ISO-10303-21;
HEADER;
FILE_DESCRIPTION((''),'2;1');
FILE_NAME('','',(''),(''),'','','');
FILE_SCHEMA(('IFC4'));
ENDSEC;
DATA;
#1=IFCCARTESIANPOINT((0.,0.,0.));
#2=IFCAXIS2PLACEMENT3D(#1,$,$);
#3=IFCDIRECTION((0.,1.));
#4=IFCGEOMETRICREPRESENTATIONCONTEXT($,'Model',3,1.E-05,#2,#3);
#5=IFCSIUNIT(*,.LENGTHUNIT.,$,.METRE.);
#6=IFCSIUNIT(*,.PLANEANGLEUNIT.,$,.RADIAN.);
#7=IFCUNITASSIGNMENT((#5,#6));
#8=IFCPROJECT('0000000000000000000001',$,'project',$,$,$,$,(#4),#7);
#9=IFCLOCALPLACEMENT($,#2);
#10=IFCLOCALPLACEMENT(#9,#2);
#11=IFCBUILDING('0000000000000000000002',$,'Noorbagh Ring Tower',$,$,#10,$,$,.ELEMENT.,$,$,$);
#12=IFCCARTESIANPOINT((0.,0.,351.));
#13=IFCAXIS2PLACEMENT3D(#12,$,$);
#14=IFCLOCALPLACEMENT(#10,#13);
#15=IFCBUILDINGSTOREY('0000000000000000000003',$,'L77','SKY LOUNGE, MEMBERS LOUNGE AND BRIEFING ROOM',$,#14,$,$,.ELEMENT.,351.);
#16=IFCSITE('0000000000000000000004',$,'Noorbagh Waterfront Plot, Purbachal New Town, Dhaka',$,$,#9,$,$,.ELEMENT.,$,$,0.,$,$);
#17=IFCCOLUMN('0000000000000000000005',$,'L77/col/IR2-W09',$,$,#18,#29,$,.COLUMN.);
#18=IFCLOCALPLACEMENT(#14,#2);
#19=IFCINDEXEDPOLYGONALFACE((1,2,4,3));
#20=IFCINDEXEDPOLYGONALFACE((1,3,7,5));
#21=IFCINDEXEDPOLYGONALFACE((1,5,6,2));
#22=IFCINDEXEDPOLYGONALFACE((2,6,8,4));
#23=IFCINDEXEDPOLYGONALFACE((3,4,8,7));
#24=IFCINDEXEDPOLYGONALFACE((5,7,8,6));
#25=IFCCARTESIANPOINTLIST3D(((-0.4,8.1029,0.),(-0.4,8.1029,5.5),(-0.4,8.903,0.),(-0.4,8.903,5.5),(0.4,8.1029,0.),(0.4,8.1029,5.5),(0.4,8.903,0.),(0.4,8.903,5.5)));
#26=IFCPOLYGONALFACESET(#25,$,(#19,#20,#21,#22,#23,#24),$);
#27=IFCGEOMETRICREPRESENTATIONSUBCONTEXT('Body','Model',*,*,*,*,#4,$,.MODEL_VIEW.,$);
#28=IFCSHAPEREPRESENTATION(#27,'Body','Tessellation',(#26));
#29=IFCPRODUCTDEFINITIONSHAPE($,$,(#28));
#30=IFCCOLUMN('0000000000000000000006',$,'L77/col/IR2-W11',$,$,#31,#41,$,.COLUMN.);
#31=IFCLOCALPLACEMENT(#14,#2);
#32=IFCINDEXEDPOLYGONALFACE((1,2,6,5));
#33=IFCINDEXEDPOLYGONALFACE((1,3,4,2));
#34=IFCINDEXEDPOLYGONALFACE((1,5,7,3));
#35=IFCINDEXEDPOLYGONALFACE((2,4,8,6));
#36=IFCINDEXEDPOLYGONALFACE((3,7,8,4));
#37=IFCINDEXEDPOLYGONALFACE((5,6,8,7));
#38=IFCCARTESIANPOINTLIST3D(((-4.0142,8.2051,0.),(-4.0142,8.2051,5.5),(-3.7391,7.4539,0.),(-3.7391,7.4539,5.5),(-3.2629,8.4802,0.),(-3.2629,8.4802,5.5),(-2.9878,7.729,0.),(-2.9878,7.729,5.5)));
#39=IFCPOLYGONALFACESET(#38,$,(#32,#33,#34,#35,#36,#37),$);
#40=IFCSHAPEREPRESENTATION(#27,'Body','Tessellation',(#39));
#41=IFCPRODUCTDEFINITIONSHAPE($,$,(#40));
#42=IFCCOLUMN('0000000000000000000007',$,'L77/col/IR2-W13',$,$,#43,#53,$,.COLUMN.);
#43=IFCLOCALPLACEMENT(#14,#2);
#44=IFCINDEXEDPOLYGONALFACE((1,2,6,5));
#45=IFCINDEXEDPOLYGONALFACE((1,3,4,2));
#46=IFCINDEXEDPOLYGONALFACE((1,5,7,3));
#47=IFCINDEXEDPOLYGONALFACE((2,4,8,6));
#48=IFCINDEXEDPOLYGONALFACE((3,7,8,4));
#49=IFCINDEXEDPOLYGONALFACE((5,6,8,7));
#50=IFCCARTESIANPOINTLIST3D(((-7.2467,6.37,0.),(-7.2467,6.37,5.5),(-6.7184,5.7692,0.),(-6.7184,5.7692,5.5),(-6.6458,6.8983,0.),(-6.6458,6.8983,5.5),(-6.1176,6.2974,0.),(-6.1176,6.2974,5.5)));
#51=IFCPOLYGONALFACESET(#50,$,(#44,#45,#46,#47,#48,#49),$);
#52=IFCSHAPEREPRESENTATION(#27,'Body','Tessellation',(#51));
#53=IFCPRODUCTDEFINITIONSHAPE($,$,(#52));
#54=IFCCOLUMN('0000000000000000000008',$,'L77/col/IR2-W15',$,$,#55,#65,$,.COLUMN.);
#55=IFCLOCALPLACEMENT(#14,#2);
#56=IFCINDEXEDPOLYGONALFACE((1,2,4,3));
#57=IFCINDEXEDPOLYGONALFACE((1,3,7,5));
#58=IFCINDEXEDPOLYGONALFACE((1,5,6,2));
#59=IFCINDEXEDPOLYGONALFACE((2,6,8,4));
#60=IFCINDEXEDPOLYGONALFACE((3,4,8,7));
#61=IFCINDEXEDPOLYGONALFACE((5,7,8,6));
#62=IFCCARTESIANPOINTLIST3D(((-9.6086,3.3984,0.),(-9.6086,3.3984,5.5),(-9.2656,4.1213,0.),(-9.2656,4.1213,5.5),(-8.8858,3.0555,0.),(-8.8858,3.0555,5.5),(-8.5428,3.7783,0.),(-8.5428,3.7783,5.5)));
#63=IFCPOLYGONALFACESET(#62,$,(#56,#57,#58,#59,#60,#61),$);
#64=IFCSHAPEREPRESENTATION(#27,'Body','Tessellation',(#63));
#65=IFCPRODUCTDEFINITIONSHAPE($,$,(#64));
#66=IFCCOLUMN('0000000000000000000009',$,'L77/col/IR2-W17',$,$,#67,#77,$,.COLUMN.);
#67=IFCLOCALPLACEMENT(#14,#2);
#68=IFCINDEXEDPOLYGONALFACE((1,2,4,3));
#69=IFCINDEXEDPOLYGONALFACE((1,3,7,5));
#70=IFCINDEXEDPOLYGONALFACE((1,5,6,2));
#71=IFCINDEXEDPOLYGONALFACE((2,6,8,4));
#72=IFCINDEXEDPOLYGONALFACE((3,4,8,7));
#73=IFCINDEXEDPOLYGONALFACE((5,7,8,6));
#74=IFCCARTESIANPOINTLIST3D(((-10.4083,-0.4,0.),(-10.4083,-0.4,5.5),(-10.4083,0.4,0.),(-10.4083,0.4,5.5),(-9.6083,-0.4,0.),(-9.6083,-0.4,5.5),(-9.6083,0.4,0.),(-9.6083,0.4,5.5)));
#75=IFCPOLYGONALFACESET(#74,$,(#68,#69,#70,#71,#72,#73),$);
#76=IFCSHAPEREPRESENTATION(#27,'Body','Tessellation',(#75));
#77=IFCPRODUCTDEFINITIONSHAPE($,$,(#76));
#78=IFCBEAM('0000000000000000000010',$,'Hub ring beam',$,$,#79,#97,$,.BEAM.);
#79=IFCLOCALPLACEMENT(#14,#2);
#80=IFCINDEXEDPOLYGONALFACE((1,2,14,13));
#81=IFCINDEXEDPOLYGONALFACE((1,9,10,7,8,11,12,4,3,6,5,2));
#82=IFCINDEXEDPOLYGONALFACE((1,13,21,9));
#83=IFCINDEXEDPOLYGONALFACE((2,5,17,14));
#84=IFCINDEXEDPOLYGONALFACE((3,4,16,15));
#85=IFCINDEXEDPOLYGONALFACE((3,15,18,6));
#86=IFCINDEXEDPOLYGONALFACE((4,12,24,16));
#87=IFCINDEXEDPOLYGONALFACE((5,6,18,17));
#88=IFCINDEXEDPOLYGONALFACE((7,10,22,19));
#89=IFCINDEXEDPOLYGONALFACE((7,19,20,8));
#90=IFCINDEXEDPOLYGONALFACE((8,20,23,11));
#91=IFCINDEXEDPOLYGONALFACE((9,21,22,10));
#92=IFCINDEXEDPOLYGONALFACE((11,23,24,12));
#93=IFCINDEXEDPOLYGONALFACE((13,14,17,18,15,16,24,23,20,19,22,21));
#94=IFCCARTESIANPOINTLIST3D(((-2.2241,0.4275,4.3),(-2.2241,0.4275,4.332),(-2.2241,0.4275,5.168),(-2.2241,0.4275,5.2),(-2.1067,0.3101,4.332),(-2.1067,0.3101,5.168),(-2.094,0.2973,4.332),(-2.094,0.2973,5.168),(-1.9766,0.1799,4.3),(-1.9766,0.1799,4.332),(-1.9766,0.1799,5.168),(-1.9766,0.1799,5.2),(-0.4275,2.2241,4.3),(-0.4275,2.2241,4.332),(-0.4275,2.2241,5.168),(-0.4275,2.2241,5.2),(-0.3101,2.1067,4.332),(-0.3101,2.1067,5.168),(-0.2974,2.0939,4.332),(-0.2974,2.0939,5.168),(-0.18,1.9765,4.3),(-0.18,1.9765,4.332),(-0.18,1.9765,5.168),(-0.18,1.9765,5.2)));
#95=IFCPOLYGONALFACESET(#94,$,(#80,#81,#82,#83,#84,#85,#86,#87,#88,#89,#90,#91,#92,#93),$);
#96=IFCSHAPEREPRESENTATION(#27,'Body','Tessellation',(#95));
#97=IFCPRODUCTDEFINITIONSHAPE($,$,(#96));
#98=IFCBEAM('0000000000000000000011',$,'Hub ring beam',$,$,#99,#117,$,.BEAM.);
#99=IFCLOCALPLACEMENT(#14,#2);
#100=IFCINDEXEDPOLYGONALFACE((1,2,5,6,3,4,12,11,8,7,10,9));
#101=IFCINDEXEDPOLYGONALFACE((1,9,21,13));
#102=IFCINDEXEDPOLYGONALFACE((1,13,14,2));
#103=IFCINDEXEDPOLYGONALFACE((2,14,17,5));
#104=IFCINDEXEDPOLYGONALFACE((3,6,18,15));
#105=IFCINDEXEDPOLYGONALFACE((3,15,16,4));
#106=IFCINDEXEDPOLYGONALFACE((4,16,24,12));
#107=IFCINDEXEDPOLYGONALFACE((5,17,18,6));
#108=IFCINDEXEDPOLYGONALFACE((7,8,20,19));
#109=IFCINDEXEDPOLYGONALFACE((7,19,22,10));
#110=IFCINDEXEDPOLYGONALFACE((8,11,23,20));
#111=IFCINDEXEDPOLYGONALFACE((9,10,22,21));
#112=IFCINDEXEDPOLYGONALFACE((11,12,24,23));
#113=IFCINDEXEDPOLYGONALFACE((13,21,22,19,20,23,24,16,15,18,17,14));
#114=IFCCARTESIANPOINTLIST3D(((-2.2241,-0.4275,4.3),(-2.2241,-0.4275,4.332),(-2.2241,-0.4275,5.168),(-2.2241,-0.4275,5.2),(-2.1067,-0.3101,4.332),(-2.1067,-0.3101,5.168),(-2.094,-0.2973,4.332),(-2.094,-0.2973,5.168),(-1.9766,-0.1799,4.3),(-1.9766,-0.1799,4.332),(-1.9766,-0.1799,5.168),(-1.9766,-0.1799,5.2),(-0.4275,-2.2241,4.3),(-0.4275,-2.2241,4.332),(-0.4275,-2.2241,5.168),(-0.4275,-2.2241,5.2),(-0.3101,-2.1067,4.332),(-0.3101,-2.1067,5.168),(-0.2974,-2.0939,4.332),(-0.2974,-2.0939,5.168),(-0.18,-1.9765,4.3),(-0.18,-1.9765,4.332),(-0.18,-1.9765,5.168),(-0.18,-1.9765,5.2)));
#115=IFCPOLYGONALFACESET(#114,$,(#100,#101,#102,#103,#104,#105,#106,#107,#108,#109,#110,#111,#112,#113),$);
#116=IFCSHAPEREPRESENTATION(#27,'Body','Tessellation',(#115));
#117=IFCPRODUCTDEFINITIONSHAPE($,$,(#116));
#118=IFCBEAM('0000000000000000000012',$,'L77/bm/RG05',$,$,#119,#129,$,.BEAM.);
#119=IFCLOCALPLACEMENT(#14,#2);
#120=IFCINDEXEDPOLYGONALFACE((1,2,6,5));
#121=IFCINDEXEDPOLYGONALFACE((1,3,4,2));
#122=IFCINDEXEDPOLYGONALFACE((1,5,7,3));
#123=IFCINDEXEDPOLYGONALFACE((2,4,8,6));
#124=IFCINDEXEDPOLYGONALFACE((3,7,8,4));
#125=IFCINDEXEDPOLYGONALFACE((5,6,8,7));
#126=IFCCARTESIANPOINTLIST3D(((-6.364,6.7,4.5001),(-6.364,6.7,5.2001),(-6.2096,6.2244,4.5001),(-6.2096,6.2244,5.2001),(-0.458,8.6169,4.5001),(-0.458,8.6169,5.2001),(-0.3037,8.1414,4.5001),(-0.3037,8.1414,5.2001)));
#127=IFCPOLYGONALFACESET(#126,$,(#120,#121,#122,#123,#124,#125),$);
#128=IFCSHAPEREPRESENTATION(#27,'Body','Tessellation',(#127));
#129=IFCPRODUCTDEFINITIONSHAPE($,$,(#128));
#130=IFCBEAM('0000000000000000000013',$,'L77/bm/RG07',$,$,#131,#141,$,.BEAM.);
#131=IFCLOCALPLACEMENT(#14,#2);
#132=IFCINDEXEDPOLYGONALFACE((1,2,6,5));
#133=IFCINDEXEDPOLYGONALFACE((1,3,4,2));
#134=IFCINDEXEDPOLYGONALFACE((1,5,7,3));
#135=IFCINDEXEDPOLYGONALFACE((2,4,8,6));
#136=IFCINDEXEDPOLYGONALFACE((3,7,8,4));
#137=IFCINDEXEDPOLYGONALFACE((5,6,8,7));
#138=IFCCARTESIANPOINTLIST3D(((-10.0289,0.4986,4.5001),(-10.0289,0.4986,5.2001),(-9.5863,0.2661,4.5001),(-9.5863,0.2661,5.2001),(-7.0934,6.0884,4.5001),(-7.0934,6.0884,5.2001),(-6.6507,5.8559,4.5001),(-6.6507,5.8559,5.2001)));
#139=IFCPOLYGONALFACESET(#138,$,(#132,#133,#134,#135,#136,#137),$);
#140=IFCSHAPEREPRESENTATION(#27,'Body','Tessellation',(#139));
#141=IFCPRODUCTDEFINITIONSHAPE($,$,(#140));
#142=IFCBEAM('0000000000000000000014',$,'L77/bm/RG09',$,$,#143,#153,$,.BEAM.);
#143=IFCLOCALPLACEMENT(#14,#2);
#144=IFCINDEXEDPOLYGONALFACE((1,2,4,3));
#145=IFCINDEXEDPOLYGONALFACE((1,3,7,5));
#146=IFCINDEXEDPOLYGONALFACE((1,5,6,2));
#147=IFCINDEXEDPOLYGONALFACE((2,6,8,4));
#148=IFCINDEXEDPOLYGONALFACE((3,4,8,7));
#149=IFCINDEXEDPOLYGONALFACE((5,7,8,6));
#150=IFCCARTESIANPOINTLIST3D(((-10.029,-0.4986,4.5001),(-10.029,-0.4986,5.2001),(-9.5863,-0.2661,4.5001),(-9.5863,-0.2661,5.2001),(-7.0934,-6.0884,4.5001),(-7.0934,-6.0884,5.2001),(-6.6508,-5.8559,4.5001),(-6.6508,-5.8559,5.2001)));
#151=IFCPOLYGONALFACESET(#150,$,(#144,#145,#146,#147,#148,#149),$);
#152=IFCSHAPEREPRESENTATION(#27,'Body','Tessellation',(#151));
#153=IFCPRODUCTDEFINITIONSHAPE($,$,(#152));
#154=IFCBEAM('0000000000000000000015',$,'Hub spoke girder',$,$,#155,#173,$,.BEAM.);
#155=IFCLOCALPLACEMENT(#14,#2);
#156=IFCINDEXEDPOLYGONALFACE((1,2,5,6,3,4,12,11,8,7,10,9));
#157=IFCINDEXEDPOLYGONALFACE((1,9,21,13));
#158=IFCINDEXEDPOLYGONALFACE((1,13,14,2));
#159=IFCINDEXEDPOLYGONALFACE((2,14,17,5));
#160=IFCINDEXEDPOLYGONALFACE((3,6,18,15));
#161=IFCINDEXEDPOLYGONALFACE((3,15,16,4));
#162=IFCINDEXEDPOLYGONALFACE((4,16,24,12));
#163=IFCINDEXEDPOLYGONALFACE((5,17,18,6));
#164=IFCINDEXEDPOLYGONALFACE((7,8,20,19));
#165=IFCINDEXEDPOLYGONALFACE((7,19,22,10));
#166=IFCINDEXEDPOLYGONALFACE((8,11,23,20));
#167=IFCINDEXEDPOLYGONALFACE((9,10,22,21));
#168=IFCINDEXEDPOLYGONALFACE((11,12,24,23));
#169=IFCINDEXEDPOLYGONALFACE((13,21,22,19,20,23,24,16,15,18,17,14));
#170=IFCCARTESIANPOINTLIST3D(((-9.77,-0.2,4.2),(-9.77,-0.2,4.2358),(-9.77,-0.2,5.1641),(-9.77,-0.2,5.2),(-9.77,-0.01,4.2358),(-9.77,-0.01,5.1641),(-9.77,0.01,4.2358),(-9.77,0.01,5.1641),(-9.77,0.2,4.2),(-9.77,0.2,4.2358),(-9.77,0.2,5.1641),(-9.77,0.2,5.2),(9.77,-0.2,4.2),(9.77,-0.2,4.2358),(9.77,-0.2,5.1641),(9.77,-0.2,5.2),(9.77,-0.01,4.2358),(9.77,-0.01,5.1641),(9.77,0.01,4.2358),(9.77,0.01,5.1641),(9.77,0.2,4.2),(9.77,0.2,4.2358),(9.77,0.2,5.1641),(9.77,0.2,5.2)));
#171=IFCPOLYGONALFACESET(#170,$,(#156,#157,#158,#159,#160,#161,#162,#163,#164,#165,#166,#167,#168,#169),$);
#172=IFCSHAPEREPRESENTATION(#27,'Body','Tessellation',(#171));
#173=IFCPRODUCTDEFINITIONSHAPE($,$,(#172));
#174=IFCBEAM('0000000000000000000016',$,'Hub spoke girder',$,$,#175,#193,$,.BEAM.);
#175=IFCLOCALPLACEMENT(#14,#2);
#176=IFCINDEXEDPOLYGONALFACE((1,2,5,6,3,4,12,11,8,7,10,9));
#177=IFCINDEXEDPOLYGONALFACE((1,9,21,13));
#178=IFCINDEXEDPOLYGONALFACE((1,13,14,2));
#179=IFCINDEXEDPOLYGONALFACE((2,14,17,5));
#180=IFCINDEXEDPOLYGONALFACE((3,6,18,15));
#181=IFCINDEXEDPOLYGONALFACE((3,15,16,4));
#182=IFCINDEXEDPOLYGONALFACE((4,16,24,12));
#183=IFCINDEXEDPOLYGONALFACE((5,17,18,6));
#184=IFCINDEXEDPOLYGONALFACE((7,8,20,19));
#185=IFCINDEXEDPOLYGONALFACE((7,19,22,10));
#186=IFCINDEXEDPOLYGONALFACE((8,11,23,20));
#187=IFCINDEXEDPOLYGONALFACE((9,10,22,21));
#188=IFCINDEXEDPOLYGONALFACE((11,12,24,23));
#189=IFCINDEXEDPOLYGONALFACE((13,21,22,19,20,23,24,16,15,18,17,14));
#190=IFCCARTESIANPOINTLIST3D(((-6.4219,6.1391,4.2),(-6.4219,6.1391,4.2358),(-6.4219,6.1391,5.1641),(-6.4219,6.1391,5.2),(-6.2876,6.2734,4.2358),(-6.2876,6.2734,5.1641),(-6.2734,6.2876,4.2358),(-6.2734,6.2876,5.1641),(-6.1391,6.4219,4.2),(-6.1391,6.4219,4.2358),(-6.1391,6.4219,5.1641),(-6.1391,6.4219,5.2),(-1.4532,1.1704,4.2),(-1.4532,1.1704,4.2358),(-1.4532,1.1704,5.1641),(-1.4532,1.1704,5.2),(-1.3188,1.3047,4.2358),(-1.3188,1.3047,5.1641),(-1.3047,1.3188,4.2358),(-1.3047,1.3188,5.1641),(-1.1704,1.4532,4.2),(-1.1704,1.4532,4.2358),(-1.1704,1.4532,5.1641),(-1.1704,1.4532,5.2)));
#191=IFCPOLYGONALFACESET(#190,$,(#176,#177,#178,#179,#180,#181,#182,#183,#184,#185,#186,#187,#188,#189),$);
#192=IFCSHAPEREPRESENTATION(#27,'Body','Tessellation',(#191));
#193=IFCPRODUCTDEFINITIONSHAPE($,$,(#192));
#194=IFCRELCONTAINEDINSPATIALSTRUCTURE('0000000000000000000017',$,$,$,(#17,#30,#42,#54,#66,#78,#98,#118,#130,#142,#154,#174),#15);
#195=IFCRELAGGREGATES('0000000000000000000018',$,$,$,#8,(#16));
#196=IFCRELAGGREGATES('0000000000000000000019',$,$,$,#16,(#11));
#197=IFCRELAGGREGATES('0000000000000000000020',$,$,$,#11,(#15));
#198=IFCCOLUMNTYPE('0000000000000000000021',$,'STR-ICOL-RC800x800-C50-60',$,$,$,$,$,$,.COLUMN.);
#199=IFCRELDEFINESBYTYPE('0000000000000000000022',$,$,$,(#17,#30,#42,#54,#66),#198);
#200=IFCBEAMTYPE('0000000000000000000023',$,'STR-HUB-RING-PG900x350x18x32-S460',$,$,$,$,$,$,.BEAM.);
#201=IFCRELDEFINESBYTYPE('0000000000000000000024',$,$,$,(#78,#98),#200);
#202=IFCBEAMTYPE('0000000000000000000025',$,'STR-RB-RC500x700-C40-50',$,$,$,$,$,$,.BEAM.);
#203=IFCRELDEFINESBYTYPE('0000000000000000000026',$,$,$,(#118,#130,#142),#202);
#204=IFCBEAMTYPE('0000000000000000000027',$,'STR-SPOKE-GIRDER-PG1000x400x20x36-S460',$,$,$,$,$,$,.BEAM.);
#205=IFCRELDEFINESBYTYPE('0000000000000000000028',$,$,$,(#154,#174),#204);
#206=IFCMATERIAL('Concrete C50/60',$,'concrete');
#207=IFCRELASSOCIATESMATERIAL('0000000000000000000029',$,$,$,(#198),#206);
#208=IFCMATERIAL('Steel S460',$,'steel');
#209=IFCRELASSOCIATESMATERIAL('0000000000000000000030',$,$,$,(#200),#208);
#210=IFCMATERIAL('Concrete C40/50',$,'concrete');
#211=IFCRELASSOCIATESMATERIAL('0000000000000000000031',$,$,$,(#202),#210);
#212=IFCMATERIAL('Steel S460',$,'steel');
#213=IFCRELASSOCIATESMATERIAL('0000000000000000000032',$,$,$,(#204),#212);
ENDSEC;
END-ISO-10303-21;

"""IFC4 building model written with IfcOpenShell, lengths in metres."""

from ifc_helpers import new_model, si_unit, direction, frame, origin, origin_2d, place, context, subcontext, project, spatial, rectangle, i_section, extrude, material, material_profile, profile_set, type_object, element, save


model = new_model("IFC4")

# Units and contexts
model_context = context("Model", 3, precision=1e-05, world=origin(), true_north=direction((0.0, 1.0)))
body_context = subcontext(model_context, "Body", "Model", "MODEL_VIEW")
ifc_project = project(units=[si_unit("LENGTHUNIT", "METRE"), si_unit("PLANEANGLEUNIT", "RADIAN")], contexts=[model_context])

# Site, building, storey
site_placement = place(None, origin())
site = spatial("IfcSite", under=ifc_project, at=site_placement, Name="Noorbagh Waterfront Plot, Purbachal New Town, Dhaka", CompositionType="ELEMENT", RefElevation=0.0)
building_placement = place(site_placement, origin())
building = spatial("IfcBuilding", under=site, at=building_placement, Name="Noorbagh Ring Tower", CompositionType="ELEMENT")
storey_placement = place(building_placement, frame((0.0, 0.0, 351.0)))
storey = spatial("IfcBuildingStorey", under=building, at=storey_placement, Name="L77", Description="SKY LOUNGE, MEMBERS LOUNGE AND BRIEFING ROOM", CompositionType="ELEMENT", Elevation=351.0)

# Columns
ifc_material_1 = material(Name="Concrete C50/60", Category="concrete")
ifc_material_profile_1 = material_profile(ifc_material_1, rectangle(XDim=0.8, YDim=0.8, at=origin_2d()), Name="RC800x800")
ifc_profile_set_1 = profile_set([ifc_material_profile_1], Name="Concrete C50/60")
column_type = type_object("IfcColumnType", Name="STR-ICOL-RC800x800-C50-60", PredefinedType="COLUMN", material=ifc_profile_set_1)
for number, where, z_axis, x_axis, name in (
    (1, (0.0, 8.5029, 0.0), (0.0, 0.0, 1.0), (-1.0, 0.0, 0.0), "L77/col/IR2-W09"),
    (2, (-3.501, 7.967, 0.0), (0.0, 0.0, 1.0), (-0.93902, -0.343864, 0.0), "L77/col/IR2-W11"),
    (3, (-6.6821, 6.3337, 0.0), (0.0, 0.0, 1.0), (-0.751022, -0.660277, 0.0), "L77/col/IR2-W13"),
    (4, (-9.0757, 3.5884, 0.0), (0.0, 0.0, 1.0), (-0.428667, -0.903463, 0.0), "L77/col/IR2-W15"),
    (5, (-10.0083, 0.0, 0.0), (0.0, 0.0, 1.0), (0.0, -1.0, 0.0), "L77/col/IR2-W17"),
):
    element("IfcColumn", number, at=place(storey_placement, frame(where, z_axis=z_axis, x_axis=x_axis)), inside=storey, type_object=column_type, Name=name, PredefinedType="COLUMN", context=body_context, shape_type="SweptSolid", body=[
        extrude(rectangle(XDim=0.8, YDim=0.8, at=origin_2d()), origin(), (0.0, 0.0, 1.0), 5.5),
    ])

# Beams
ifc_material_2 = material(Name="Steel S460", Category="steel")
ifc_material_profile_2 = material_profile(ifc_material_2, i_section(OverallWidth=0.3501, OverallDepth=0.8999, WebThickness=0.0181, FlangeThickness=0.032, at=origin_2d()), Name="PG900x350x18x32")
ifc_profile_set_2 = profile_set([ifc_material_profile_2], Name="Steel S460")
beam_type_1 = type_object("IfcBeamType", Name="STR-HUB-RING-PG900x350x18x32-S460", PredefinedType="BEAM", material=ifc_profile_set_2)
for number, where, z_axis, x_axis, name in (
    (6, (-2.1003, 0.3037, 4.75), (0.707107, 0.707107, 0.0), (-0.707107, 0.707107, 0.0), "Hub ring beam"),
    (7, (-2.1003, -0.3037, 4.75), (0.707107, -0.707107, 0.0), (0.707107, 0.707107, 0.0), "Hub ring beam"),
):
    element("IfcBeam", number, at=place(storey_placement, frame(where, z_axis=z_axis, x_axis=x_axis)), inside=storey, type_object=beam_type_1, Name=name, PredefinedType="BEAM", context=body_context, shape_type="SweptSolid", body=[
        extrude(i_section(OverallWidth=0.3501, OverallDepth=0.8999, WebThickness=0.0181, FlangeThickness=0.032, at=origin_2d()), origin(), (0.0, 0.0, 1.0), 2.5408),
    ])
ifc_material_3 = material(Name="Concrete C40/50", Category="concrete")
ifc_material_profile_3 = material_profile(ifc_material_3, rectangle(XDim=0.5, YDim=0.7, at=origin_2d()), Name="RC500x700")
ifc_profile_set_3 = profile_set([ifc_material_profile_3], Name="Concrete C40/50")
beam_type_2 = type_object("IfcBeamType", Name="STR-RB-RC500x700-C40-50", PredefinedType="BEAM", material=ifc_profile_set_3)
beam_1_placement = place(storey_placement, frame((-0.3809, 8.3792, 4.8501), z_axis=(-0.95115, -0.308728, 0.0), x_axis=(0.308728, -0.95115, 0.0)))
element("IfcBeam", 8, at=beam_1_placement, inside=storey, type_object=beam_type_2, Name="L77/bm/RG05", PredefinedType="BEAM", context=body_context, shape_type="SweptSolid", body=[
    extrude(rectangle(XDim=0.5, YDim=0.7, at=origin_2d()), origin(), (0.0, 0.0, 1.0), 6.2092),
])
for number, where, z_axis, x_axis, name in (
    (9, (-6.8721, 5.9722, 4.8501), (-0.464943, -0.885341, 0.0), (0.885341, -0.464943, 0.0), "L77/bm/RG07"),
    (10, (-9.8076, -0.3823, 4.8501), (0.464943, -0.885341, 0.0), (0.885341, 0.464943, 0.0), "L77/bm/RG09"),
):
    element("IfcBeam", number, at=place(storey_placement, frame(where, z_axis=z_axis, x_axis=x_axis)), inside=storey, type_object=beam_type_2, Name=name, PredefinedType="BEAM", context=body_context, shape_type="SweptSolid", body=[
        extrude(rectangle(XDim=0.5, YDim=0.7, at=origin_2d()), origin(), (0.0, 0.0, 1.0), 6.3137),
    ])
ifc_material_4 = material(Name="Steel S460", Category="steel")
ifc_material_profile_4 = material_profile(ifc_material_4, i_section(OverallWidth=0.3999, OverallDepth=1.0, WebThickness=0.02, FlangeThickness=0.0359, at=origin_2d()), Name="PG1000x400x20x36")
ifc_profile_set_4 = profile_set([ifc_material_profile_4], Name="Steel S460")
beam_type_3 = type_object("IfcBeamType", Name="STR-SPOKE-GIRDER-PG1000x400x20x36-S460", PredefinedType="BEAM", material=ifc_profile_set_4)
beam_2_placement = place(storey_placement, frame((-9.77, 0.0, 4.7), z_axis=(1.0, 0.0, 0.0), x_axis=(0.0, 1.0, 0.0)))
element("IfcBeam", 11, at=beam_2_placement, inside=storey, type_object=beam_type_3, Name="Hub spoke girder", PredefinedType="BEAM", context=body_context, shape_type="SweptSolid", body=[
    extrude(i_section(OverallWidth=0.3999, OverallDepth=1.0, WebThickness=0.02, FlangeThickness=0.0359, at=origin_2d()), origin(), (0.0, 0.0, 1.0), 19.54),
])
beam_3_placement = place(storey_placement, frame((-1.3118, 1.3118, 4.7), z_axis=(-0.707107, 0.707107, 0.0), x_axis=(-0.707107, -0.707107, 0.0)))
element("IfcBeam", 12, at=beam_3_placement, inside=storey, type_object=beam_type_3, Name="Hub spoke girder", PredefinedType="BEAM", context=body_context, shape_type="SweptSolid", body=[
    extrude(i_section(OverallWidth=0.3999, OverallDepth=1.0, WebThickness=0.02, FlangeThickness=0.0359, at=origin_2d()), origin(), (0.0, 0.0, 1.0), 7.0269),
])

save(model, "model.ifc")
